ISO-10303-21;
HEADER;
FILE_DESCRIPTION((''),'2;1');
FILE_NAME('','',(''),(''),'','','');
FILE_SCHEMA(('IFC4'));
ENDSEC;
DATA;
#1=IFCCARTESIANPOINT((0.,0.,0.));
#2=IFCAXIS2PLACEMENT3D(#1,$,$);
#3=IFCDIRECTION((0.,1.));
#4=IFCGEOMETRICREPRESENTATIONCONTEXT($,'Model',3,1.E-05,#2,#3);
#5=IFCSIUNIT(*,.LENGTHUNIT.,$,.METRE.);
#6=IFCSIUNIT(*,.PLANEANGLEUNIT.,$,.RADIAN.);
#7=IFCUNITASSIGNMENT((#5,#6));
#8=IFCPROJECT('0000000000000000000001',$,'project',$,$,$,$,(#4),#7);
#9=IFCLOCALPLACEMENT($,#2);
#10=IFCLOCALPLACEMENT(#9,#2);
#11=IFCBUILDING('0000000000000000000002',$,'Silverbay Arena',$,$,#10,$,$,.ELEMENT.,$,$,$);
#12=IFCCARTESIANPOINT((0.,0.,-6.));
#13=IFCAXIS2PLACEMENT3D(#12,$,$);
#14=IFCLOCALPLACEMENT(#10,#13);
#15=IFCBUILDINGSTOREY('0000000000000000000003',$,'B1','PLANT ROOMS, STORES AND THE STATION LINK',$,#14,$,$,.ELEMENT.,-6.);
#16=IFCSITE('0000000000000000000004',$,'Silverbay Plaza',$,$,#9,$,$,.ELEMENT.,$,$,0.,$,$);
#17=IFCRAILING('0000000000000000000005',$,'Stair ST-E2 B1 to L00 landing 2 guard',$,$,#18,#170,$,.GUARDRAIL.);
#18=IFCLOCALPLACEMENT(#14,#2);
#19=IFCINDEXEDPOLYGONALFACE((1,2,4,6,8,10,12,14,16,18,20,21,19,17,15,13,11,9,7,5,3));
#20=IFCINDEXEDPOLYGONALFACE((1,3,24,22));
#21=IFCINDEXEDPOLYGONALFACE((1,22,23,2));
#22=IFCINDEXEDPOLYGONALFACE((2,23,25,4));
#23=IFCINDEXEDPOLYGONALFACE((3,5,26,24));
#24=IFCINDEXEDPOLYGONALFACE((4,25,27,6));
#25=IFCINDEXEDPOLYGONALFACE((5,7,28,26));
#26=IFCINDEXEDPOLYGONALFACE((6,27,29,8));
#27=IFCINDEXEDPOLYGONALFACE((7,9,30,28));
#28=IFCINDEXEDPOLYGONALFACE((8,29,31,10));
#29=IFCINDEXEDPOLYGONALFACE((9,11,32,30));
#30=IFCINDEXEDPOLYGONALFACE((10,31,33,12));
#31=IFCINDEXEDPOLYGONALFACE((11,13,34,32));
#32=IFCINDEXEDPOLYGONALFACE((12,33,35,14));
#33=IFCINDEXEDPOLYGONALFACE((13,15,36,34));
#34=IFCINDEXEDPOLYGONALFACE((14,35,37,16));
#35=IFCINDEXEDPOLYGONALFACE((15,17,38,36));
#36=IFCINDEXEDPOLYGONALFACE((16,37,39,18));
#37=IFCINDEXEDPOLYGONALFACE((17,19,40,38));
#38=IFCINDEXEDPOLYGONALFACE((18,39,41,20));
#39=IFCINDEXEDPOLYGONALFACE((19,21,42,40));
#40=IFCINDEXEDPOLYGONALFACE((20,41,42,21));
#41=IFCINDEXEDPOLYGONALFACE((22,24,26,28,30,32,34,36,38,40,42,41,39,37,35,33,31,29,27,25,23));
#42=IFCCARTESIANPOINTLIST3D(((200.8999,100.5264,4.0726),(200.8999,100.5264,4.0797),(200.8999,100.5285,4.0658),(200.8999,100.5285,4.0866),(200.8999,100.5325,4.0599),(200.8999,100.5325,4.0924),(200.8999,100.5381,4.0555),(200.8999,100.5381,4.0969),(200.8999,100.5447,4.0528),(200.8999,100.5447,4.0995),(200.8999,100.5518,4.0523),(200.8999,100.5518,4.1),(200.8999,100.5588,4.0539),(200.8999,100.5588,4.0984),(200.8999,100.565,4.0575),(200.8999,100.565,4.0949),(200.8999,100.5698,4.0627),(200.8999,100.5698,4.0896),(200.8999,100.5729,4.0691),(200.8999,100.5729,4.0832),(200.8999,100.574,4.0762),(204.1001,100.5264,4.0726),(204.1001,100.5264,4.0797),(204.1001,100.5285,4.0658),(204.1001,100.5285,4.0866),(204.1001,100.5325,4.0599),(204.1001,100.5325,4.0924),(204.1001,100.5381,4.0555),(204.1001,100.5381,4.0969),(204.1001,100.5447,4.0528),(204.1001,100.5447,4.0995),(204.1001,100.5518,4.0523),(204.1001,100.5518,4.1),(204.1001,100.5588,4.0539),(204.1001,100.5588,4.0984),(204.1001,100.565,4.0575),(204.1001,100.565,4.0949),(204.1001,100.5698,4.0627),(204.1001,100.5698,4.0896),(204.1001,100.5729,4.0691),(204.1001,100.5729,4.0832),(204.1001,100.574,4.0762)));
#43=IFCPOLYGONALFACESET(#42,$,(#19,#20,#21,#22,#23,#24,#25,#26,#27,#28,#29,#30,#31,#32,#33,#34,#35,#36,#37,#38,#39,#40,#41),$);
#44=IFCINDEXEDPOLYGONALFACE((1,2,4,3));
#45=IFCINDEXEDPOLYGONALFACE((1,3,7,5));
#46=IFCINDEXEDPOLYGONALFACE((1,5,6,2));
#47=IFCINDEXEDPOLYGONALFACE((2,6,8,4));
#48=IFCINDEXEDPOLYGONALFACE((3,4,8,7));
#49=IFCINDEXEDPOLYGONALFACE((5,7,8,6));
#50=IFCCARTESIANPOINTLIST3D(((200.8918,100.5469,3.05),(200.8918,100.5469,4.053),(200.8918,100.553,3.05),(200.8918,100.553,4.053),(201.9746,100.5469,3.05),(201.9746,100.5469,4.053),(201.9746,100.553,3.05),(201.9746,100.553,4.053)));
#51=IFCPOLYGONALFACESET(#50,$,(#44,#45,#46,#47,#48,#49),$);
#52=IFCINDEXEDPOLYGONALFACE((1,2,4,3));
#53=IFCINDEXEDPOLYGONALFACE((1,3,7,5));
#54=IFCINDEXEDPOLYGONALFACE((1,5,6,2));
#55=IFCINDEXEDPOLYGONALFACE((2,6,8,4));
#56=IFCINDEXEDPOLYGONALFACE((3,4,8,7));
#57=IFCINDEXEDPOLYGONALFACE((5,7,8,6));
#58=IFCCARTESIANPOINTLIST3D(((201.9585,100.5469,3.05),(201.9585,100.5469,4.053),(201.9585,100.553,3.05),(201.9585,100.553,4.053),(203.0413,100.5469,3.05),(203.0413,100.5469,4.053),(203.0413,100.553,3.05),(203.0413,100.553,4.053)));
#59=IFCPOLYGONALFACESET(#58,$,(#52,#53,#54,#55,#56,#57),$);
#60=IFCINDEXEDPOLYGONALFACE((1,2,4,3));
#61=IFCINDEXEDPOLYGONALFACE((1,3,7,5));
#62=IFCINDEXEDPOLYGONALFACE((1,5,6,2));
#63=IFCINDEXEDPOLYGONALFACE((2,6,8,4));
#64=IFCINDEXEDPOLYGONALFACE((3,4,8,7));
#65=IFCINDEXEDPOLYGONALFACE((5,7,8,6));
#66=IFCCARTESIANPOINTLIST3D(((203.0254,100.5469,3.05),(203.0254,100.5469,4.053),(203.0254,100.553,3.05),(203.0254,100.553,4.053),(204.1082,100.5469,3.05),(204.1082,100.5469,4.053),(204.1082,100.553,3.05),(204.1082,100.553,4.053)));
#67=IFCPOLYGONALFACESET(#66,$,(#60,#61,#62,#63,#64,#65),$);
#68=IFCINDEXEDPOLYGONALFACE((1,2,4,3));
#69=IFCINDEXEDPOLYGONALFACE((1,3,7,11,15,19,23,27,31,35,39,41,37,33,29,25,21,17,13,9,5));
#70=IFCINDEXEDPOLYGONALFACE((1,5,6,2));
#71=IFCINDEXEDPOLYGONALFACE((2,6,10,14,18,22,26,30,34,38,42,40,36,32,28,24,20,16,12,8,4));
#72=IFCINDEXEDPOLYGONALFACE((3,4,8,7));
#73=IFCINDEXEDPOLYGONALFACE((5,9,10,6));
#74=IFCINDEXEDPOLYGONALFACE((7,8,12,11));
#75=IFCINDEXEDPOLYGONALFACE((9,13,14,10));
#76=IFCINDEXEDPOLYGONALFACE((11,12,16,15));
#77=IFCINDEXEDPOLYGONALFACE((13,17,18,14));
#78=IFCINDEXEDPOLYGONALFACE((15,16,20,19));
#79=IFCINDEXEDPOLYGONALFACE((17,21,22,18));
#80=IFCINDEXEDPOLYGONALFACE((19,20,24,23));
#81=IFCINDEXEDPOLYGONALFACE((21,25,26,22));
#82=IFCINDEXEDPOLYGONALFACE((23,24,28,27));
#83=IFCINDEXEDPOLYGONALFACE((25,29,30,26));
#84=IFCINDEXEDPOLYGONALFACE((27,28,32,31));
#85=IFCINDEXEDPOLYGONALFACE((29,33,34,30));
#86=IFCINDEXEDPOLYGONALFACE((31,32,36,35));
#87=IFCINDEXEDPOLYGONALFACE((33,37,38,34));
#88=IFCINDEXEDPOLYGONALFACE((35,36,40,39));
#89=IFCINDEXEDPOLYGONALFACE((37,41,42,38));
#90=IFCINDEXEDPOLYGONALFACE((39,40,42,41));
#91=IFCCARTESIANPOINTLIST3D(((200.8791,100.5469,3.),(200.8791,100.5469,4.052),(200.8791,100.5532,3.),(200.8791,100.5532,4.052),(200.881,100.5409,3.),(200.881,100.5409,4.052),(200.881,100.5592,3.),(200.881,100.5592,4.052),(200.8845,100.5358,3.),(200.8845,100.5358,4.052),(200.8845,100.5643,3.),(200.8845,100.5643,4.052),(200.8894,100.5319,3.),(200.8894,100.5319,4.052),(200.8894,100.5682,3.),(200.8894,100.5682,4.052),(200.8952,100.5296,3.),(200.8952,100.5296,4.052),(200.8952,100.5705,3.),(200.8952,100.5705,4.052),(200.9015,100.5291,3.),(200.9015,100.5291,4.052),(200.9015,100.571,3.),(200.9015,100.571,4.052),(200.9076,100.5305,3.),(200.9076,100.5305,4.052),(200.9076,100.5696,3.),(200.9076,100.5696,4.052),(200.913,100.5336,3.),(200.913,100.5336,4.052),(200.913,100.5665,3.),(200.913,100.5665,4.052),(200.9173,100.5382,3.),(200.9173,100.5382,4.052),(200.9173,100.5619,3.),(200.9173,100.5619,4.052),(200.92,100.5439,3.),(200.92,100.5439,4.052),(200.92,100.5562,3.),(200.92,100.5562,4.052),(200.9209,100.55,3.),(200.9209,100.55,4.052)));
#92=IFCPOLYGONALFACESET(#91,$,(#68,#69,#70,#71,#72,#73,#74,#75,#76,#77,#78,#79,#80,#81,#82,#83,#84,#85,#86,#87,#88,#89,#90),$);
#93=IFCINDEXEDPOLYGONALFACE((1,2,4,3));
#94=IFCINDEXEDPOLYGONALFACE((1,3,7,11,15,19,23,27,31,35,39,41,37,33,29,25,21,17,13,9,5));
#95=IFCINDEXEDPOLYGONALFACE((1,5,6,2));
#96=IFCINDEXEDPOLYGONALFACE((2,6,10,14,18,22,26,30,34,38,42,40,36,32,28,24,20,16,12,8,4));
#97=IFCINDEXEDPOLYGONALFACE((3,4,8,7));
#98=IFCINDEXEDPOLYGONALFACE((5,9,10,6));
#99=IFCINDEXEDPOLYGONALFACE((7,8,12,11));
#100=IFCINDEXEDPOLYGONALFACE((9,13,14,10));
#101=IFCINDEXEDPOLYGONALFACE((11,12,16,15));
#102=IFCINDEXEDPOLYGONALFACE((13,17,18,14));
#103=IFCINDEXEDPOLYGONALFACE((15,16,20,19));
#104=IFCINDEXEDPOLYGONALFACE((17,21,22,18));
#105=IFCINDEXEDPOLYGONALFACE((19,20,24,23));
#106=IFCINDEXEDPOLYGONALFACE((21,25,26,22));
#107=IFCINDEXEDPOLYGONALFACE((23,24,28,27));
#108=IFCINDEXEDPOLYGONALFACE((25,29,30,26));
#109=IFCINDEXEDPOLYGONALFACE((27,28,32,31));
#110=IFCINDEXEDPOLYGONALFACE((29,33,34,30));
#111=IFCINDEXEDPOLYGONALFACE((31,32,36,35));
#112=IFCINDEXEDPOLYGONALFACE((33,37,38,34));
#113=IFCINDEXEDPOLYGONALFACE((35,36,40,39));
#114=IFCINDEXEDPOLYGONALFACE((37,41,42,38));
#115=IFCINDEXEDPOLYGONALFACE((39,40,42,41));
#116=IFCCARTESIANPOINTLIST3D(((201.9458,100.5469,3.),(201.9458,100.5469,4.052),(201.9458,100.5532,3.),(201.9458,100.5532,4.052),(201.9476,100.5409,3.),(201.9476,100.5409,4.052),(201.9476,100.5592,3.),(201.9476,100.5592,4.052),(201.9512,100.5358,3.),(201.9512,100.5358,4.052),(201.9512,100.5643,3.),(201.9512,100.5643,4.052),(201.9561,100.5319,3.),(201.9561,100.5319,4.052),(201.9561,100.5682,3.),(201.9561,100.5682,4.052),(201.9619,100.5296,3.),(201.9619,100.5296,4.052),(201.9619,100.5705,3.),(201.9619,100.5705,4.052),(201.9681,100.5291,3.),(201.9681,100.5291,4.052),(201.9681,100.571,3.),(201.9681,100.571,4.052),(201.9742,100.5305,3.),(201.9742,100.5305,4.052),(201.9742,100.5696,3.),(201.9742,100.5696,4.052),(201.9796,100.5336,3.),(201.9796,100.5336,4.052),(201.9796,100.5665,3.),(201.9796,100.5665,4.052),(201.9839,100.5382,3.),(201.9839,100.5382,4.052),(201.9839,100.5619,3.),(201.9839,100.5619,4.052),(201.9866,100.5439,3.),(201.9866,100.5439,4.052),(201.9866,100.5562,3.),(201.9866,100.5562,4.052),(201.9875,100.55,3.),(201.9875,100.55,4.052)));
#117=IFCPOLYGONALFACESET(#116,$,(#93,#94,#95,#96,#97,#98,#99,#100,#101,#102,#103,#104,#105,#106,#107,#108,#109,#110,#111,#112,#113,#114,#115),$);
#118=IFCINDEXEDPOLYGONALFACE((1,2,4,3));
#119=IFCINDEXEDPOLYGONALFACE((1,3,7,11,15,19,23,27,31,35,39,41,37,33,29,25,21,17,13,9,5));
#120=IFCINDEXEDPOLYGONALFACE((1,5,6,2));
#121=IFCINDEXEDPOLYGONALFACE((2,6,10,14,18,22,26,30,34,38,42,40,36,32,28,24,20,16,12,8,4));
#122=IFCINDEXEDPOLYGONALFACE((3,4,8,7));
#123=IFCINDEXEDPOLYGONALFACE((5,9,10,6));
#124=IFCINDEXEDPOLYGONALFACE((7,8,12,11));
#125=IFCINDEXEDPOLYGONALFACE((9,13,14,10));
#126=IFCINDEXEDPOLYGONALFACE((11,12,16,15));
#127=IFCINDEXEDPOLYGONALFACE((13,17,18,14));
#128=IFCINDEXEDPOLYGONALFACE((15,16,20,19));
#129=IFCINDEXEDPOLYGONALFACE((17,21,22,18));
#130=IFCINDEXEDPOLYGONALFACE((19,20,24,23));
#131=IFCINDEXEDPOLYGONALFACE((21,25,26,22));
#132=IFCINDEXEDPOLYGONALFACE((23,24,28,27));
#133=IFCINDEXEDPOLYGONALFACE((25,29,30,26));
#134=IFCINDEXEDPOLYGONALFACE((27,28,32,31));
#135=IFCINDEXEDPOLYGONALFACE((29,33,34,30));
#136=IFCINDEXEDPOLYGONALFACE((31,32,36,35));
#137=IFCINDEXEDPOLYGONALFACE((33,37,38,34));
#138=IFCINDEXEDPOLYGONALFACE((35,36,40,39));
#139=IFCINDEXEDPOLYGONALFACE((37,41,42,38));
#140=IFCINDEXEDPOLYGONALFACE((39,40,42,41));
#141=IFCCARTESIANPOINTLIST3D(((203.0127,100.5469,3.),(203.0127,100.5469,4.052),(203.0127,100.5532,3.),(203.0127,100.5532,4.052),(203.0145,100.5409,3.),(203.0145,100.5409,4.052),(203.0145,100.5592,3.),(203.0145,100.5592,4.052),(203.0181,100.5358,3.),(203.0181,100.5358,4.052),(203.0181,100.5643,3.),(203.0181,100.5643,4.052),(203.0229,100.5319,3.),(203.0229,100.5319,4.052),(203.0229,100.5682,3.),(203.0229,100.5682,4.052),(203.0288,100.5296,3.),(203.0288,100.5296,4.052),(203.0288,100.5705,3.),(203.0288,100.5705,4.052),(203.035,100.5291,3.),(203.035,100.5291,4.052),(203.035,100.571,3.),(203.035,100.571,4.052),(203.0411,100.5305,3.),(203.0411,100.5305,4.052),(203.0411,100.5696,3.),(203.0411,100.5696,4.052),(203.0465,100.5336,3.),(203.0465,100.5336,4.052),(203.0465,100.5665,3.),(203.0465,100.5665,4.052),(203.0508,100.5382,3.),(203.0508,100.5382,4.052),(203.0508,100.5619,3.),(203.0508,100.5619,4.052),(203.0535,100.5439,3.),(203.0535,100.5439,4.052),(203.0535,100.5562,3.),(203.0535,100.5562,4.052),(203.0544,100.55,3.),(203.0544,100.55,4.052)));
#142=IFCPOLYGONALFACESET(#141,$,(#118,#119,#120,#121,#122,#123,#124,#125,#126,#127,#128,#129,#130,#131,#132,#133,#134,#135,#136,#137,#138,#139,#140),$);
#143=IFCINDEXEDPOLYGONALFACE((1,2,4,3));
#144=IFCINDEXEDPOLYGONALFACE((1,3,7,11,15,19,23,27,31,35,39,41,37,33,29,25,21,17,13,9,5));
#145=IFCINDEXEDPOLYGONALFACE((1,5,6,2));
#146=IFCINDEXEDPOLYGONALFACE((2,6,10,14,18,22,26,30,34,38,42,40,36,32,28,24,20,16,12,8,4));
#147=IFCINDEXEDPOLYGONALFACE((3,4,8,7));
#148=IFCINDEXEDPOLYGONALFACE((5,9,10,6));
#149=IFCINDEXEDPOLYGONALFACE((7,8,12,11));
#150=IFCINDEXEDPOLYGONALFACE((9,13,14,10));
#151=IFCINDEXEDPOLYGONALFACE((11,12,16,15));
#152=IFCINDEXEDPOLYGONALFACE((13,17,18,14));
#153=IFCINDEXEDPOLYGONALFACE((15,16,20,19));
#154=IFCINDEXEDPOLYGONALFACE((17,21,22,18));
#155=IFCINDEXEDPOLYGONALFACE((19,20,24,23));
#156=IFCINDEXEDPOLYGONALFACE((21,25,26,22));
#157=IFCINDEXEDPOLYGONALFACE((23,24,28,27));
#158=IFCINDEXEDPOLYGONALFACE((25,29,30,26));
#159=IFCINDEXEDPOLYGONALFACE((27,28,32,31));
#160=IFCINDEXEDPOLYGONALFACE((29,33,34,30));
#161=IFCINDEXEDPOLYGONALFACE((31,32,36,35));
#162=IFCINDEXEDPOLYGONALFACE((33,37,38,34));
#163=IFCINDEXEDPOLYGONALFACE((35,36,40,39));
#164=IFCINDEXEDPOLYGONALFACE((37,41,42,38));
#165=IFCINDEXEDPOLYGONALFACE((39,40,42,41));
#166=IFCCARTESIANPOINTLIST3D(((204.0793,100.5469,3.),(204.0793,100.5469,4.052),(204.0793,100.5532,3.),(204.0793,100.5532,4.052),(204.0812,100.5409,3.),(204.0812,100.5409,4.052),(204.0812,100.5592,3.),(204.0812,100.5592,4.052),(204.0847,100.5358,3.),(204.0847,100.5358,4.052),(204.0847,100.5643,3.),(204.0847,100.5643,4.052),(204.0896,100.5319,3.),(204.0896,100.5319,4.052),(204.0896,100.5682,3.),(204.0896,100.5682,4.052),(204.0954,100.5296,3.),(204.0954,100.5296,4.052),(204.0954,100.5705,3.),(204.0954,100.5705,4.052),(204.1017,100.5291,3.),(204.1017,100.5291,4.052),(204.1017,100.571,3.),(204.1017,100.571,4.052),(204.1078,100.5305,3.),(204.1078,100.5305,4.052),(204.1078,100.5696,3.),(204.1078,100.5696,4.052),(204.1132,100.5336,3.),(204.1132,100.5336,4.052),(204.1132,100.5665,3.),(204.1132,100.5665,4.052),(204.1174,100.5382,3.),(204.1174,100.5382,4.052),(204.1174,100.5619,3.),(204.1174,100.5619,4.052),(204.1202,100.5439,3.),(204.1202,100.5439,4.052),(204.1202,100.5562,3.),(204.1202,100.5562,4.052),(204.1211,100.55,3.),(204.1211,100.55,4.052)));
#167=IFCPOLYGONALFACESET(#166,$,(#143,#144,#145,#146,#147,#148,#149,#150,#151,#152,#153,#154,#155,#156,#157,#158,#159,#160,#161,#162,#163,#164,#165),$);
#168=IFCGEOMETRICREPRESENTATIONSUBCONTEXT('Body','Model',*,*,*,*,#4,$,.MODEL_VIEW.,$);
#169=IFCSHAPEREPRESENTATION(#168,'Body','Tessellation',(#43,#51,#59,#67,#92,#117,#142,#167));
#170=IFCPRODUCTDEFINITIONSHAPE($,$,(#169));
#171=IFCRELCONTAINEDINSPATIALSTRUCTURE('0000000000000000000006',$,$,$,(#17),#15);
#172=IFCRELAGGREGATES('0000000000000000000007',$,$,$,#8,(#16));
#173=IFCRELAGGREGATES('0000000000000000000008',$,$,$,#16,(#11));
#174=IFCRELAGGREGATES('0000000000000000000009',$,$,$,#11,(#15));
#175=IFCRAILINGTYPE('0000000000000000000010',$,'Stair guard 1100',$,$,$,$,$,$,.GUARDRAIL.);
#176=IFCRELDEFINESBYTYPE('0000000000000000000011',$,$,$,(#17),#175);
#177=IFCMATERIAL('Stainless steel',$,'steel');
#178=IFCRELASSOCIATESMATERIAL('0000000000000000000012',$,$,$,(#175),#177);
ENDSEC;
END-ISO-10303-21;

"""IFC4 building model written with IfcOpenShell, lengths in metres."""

from ifc_helpers import new_model, si_unit, direction, frame, origin, origin_2d, place, context, subcontext, project, spatial, polyline, circle, outline, extrude, material, type_object, element, save


model = new_model("IFC4")

# Units and contexts
model_context = context("Model", 3, precision=1e-05, world=origin(), true_north=direction((0.0, 1.0)))
body_context = subcontext(model_context, "Body", "Model", "MODEL_VIEW")
ifc_project = project(units=[si_unit("LENGTHUNIT", "METRE"), si_unit("PLANEANGLEUNIT", "RADIAN")], contexts=[model_context])

# Site, building, storey
site_placement = place(None, origin())
site = spatial("IfcSite", under=ifc_project, at=site_placement, Name="Silverbay Plaza", CompositionType="ELEMENT", RefElevation=0.0)
building_placement = place(site_placement, origin())
building = spatial("IfcBuilding", under=site, at=building_placement, Name="Silverbay Arena", CompositionType="ELEMENT")
storey_placement = place(building_placement, frame((0.0, 0.0, -6.0)))
storey = spatial("IfcBuildingStorey", under=building, at=storey_placement, Name="B1", Description="PLANT ROOMS, STORES AND THE STATION LINK", CompositionType="ELEMENT", Elevation=-6.0)

# Railing
ifc_material_1 = material(Name="Stainless steel", Category="steel")
railing_type_1 = type_object("IfcRailingType", Name="Stair guard 1100", PredefinedType="GUARDRAIL", material=ifc_material_1)
for number, where, name in (
    (1, (200.8999, 100.55, 3.0), "Stair ST-E2 B1 to L00 landing 2 guard"),
):
    element("IfcRailing", number, at=place(storey_placement, frame(where)), inside=storey, type_object=railing_type_1, Name=name, PredefinedType="GUARDRAIL", context=body_context, shape_type="SweptSolid", body=[
        extrude(circle(Radius=0.0239, at=origin_2d()), frame((0.0, 0.0, 1.0762), z_axis=(1.0, 0.0, 0.0), x_axis=(0.0, 1.0, 0.0)), (0.0, 0.0, 1.0), 3.2002),
        extrude(outline(polyline([(-0.0081, 0.05), (1.0747, 0.05), (1.0747, 1.053), (-0.0081, 1.053), (-0.0081, 0.05)])), frame((0.0, 0.0029, 0.0), z_axis=(0.0, -1.0, 0.0), x_axis=(1.0, 0.0, 0.0)), (0.0, 0.0, 1.0), 0.0061),
        extrude(outline(polyline([(-0.0081, 0.05), (1.0747, 0.05), (1.0747, 1.053), (-0.0081, 1.053), (-0.0081, 0.05)])), frame((1.0667, 0.0029, 0.0), z_axis=(0.0, -1.0, 0.0), x_axis=(1.0, 0.0, 0.0)), (0.0, 0.0, 1.0), 0.0061),
        extrude(outline(polyline([(-0.0081, 0.05), (1.0747, 0.05), (1.0747, 1.053), (-0.0081, 1.053), (-0.0081, 0.05)])), frame((2.1335, 0.0029, 0.0), z_axis=(0.0, -1.0, 0.0), x_axis=(1.0, 0.0, 0.0)), (0.0, 0.0, 1.0), 0.0061),
        extrude(circle(Radius=0.021, at=origin_2d()), origin(), (0.0, 0.0, 1.0), 1.052),
        extrude(circle(Radius=0.021, at=origin_2d()), frame((1.0667, 0.0, 0.0)), (0.0, 0.0, 1.0), 1.052),
        extrude(circle(Radius=0.021, at=origin_2d()), frame((2.1335, 0.0, 0.0)), (0.0, 0.0, 1.0), 1.052),
        extrude(circle(Radius=0.021, at=origin_2d()), frame((3.2002, 0.0, 0.0)), (0.0, 0.0, 1.0), 1.052),
    ])

save(model, "model.ifc")
